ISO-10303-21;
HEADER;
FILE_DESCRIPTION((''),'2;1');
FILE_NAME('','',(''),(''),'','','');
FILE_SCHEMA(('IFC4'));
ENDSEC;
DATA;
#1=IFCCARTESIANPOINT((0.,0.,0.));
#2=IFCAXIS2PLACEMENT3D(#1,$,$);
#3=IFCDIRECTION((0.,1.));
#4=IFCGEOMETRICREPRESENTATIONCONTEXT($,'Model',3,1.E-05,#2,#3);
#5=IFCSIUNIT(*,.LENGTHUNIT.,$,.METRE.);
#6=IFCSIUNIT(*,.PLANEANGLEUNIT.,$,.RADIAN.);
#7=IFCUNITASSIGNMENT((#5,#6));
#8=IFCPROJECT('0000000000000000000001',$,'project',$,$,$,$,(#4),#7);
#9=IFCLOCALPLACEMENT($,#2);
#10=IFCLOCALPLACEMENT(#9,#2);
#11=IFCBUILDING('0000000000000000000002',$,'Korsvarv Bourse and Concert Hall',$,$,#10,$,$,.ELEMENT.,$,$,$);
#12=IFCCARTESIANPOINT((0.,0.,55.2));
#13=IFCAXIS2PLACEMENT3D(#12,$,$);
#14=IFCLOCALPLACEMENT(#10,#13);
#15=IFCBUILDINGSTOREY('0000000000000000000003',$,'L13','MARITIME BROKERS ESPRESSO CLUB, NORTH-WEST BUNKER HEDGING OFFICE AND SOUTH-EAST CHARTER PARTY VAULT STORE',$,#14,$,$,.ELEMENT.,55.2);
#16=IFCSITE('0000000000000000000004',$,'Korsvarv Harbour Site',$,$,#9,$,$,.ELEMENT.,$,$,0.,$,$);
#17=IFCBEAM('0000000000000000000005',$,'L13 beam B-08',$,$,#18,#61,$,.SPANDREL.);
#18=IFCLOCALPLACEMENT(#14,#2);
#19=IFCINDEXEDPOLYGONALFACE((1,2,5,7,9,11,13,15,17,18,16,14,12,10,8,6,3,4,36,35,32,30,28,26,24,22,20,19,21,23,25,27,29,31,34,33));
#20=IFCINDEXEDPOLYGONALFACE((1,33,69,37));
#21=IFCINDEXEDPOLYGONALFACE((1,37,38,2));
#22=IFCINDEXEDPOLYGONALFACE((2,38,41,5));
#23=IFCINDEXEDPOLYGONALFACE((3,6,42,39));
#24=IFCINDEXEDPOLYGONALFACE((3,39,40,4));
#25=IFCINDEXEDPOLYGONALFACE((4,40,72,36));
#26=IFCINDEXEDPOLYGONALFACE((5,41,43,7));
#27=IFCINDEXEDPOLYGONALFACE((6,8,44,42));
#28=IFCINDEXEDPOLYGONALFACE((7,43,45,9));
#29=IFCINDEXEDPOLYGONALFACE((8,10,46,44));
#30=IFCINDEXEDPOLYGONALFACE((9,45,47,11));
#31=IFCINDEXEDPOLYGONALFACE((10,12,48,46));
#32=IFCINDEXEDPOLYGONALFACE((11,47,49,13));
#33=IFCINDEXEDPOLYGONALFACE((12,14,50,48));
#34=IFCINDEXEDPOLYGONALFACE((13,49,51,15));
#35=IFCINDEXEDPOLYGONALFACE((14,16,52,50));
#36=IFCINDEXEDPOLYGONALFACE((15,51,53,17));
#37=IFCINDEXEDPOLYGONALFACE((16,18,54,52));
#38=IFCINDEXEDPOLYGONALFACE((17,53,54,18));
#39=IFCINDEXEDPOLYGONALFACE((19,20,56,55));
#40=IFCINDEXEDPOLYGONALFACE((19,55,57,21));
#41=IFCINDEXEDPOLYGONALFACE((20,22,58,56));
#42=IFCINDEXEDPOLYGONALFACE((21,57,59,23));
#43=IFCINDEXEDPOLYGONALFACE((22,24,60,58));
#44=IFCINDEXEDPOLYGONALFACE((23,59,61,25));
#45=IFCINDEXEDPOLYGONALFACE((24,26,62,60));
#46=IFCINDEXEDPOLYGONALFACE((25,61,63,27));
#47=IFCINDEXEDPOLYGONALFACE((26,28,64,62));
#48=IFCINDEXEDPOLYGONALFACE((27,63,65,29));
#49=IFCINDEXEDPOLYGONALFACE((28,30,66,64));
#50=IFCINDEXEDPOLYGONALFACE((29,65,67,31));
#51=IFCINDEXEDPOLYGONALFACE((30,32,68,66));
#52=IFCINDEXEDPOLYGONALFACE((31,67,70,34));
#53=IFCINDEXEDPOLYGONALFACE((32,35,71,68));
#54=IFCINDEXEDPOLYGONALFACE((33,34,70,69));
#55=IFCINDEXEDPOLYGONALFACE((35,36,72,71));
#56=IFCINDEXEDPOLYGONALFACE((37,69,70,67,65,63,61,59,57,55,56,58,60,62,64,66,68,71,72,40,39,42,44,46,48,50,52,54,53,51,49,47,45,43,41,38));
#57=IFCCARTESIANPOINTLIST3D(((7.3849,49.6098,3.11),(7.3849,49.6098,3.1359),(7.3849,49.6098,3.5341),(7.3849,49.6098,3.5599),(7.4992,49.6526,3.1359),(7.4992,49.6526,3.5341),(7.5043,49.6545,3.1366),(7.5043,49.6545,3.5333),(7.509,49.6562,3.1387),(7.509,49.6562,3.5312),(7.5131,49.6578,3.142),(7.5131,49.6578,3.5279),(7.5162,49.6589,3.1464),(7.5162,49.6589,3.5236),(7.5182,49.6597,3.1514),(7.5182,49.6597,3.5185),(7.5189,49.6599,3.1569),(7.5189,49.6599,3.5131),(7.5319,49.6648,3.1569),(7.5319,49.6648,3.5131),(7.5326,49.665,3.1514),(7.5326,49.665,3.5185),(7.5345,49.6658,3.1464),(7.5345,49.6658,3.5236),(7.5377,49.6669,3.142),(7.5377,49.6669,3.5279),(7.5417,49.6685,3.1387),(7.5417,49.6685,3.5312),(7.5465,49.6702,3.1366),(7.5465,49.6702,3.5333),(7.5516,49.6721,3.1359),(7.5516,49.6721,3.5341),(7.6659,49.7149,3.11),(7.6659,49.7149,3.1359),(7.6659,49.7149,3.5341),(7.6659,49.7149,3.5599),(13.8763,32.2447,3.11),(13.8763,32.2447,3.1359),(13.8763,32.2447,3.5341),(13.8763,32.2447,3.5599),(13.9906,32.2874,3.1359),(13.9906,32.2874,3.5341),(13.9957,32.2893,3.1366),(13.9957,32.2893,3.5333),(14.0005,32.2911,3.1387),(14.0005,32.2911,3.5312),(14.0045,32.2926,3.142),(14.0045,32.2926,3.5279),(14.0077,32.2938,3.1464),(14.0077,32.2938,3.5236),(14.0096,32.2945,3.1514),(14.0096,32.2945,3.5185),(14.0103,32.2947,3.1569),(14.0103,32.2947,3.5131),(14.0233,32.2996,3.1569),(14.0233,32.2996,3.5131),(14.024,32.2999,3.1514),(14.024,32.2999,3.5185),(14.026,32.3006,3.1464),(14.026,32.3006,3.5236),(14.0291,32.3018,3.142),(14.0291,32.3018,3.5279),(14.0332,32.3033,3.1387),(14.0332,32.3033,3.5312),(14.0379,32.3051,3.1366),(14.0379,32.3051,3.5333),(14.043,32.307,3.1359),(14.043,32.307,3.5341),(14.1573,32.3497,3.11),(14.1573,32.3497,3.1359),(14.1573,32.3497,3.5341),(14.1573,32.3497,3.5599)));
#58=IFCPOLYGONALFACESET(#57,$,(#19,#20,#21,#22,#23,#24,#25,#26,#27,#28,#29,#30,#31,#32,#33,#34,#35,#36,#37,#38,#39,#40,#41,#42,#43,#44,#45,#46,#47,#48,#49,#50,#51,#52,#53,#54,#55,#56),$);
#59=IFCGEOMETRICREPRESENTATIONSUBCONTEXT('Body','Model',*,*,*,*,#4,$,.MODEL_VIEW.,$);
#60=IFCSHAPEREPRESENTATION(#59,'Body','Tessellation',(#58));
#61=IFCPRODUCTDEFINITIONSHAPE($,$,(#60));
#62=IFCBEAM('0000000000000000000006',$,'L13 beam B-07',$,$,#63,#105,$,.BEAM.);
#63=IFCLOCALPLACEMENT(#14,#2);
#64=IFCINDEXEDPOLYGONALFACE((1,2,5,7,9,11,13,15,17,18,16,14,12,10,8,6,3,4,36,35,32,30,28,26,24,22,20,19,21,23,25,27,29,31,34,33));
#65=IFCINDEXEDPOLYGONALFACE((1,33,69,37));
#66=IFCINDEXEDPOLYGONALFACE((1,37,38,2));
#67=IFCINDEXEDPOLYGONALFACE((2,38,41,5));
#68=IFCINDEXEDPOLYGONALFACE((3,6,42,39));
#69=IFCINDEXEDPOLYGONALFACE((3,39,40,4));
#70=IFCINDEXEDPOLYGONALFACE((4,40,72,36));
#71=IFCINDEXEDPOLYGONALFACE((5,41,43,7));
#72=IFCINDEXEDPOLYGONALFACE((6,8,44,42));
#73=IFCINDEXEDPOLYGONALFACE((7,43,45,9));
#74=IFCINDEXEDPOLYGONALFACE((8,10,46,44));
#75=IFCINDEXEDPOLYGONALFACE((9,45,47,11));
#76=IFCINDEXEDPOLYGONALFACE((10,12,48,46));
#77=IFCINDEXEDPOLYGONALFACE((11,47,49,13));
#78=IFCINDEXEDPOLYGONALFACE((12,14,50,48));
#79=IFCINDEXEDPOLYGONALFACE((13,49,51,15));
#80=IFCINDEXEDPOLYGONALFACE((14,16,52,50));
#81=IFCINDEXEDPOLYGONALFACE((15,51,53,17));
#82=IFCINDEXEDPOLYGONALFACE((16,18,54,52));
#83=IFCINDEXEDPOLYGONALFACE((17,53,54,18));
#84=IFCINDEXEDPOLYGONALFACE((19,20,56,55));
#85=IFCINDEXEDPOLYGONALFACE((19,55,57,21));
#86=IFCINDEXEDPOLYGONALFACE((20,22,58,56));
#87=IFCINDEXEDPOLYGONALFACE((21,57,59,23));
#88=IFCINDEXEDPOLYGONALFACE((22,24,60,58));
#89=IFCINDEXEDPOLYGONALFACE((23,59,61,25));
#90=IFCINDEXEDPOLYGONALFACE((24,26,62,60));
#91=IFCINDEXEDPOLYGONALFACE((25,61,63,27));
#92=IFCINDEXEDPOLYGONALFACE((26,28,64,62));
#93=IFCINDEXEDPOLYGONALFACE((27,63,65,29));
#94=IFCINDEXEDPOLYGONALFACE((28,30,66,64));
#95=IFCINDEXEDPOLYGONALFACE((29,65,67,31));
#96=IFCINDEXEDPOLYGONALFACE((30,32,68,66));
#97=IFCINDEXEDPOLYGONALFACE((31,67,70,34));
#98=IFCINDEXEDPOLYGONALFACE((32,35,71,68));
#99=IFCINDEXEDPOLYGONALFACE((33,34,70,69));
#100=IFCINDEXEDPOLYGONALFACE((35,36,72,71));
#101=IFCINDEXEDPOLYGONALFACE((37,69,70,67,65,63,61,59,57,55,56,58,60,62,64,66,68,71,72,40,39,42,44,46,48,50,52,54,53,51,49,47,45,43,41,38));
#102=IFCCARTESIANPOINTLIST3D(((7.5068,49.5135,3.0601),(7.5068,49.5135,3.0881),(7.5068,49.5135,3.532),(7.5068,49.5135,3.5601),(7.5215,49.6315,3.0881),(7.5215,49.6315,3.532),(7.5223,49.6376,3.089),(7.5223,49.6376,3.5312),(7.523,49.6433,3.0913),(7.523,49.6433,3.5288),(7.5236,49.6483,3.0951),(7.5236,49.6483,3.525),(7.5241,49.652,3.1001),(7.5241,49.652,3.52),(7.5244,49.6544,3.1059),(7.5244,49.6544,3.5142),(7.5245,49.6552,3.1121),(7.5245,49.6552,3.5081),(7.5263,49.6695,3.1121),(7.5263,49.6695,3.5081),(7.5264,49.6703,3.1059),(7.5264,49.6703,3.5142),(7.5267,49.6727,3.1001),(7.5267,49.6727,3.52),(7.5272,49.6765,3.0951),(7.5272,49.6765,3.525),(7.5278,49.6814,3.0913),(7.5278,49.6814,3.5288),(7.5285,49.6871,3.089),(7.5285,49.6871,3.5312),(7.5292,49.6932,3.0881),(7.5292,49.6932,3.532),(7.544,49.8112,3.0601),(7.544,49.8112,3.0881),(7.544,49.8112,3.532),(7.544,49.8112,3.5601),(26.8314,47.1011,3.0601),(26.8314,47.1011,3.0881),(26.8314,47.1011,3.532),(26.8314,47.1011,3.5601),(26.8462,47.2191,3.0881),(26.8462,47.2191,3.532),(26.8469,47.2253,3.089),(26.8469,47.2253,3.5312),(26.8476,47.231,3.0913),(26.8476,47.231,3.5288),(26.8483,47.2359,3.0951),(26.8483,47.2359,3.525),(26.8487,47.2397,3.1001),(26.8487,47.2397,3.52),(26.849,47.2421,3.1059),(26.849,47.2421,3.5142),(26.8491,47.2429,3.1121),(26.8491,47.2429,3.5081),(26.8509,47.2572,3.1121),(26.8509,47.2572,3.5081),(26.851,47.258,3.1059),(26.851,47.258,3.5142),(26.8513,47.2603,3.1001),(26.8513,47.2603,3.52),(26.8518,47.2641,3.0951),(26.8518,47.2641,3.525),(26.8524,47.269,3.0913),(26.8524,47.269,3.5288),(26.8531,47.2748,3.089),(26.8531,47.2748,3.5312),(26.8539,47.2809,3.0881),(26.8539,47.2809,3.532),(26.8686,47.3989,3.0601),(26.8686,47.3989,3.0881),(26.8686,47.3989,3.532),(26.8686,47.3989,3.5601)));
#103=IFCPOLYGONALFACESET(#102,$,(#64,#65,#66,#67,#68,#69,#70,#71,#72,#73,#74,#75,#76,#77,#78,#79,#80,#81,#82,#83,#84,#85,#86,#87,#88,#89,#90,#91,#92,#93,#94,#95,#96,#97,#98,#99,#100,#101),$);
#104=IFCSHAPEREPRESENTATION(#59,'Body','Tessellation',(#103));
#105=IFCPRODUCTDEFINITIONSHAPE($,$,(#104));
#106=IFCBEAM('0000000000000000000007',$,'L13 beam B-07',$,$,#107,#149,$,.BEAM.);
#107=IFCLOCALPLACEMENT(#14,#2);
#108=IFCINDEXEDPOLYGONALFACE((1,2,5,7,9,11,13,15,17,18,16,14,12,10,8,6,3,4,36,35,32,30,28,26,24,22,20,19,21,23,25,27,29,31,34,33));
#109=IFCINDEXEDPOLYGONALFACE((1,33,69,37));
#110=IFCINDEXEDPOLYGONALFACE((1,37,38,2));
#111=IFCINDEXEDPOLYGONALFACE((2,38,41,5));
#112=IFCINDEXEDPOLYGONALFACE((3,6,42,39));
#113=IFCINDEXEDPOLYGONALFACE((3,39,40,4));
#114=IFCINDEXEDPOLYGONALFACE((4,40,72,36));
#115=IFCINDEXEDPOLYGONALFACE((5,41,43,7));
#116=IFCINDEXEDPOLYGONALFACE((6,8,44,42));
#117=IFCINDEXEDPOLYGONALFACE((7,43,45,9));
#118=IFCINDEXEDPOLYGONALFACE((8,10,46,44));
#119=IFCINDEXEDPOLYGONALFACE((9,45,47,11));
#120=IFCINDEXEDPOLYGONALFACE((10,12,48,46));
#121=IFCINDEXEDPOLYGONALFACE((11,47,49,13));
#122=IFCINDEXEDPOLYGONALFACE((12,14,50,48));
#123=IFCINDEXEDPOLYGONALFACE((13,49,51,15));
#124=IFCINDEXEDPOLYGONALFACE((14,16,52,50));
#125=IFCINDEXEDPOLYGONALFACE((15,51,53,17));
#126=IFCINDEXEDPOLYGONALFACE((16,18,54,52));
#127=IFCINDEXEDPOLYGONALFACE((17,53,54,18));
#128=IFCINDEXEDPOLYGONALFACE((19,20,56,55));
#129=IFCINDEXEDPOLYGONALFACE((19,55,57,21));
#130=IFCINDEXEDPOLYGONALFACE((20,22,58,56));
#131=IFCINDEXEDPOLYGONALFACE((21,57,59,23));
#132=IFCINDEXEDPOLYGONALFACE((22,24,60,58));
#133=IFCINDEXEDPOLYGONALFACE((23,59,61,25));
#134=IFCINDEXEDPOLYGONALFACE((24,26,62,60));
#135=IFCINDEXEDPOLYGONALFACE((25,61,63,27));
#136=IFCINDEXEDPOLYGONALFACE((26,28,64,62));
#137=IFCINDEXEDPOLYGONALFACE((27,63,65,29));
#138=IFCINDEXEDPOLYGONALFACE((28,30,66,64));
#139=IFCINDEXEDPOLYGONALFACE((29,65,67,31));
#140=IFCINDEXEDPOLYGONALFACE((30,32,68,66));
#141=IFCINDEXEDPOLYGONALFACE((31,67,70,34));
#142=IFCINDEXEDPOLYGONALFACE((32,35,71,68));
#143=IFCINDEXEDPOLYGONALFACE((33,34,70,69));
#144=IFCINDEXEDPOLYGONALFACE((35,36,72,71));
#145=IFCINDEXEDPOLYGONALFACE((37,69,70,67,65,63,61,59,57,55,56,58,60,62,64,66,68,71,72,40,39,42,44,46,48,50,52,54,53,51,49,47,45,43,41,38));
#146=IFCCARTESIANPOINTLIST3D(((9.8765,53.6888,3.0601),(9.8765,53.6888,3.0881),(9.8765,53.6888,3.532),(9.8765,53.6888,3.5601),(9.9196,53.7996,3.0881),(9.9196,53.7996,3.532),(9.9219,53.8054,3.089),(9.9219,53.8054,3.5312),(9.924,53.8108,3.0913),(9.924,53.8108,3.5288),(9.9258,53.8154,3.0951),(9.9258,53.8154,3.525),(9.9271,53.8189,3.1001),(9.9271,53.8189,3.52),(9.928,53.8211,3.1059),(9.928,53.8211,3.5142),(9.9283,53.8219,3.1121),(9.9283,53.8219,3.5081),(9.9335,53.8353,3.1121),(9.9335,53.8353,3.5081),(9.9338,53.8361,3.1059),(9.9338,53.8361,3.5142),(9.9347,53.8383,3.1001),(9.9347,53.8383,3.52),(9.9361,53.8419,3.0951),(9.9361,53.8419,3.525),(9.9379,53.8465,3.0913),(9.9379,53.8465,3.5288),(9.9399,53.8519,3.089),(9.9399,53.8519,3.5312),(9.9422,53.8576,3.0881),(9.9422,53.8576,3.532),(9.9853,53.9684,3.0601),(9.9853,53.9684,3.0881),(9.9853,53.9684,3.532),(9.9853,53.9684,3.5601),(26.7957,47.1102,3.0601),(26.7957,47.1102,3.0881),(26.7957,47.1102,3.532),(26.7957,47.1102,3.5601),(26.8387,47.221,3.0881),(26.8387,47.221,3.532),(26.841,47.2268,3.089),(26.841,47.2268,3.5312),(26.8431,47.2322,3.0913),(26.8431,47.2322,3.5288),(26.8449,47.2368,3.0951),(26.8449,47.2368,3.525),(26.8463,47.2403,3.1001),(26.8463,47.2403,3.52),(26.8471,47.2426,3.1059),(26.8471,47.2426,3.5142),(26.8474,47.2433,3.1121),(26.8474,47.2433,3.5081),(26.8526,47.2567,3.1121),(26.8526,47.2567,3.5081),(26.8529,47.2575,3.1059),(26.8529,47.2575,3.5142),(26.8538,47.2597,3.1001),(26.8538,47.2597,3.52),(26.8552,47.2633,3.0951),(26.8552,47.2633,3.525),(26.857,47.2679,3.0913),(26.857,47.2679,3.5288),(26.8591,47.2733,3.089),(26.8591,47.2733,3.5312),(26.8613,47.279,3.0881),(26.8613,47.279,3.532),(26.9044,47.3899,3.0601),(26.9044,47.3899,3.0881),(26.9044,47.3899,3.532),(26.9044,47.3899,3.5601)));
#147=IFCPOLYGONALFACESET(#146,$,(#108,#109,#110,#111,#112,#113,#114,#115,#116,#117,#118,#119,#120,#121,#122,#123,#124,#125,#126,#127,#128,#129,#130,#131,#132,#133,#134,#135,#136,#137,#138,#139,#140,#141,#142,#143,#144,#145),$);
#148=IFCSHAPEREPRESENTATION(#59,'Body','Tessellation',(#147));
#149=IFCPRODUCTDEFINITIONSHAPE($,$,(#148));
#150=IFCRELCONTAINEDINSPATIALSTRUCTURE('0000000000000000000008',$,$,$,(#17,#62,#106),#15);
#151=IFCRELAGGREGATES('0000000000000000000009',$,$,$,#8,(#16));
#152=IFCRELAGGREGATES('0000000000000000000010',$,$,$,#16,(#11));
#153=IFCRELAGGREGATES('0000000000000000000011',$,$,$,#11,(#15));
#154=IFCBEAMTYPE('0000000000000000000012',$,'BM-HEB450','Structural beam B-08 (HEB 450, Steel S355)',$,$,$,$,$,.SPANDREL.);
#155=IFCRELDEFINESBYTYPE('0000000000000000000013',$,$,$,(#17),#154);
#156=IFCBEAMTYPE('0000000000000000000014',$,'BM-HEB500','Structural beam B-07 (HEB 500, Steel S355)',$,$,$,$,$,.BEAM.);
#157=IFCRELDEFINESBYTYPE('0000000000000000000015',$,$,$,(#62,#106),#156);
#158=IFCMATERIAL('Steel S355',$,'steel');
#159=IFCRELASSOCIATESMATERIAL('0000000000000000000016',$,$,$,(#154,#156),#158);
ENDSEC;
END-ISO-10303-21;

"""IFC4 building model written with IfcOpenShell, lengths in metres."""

from ifc_helpers import new_model, si_unit, direction, frame, origin, origin_2d, place, context, subcontext, project, spatial, i_section, extrude, source, transform, mapped, material, material_profile, profile_set, type_object, element, save


model = new_model("IFC4")

# Units and contexts
model_context = context("Model", 3, precision=1e-05, world=origin(), true_north=direction((0.0, 1.0)))
body_context = subcontext(model_context, "Body", "Model", "MODEL_VIEW")
ifc_project = project(units=[si_unit("LENGTHUNIT", "METRE"), si_unit("PLANEANGLEUNIT", "RADIAN")], contexts=[model_context])

# Site, building, storey
site_placement = place(None, origin())
site = spatial("IfcSite", under=ifc_project, at=site_placement, Name="Korsvarv Harbour Site", CompositionType="ELEMENT", RefElevation=0.0)
building_placement = place(site_placement, origin())
building = spatial("IfcBuilding", under=site, at=building_placement, Name="Korsvarv Bourse and Concert Hall", CompositionType="ELEMENT")
storey_placement = place(building_placement, frame((0.0, 0.0, 55.2)))
storey = spatial("IfcBuildingStorey", under=building, at=storey_placement, Name="L13", Description="MARITIME BROKERS ESPRESSO CLUB, NORTH-WEST BUNKER HEDGING OFFICE AND SOUTH-EAST CHARTER PARTY VAULT STORE", CompositionType="ELEMENT", Elevation=55.2)

# Beams
ifc_material_1 = material(Name="Steel S355", Category="steel")
ifc_material_profile_1 = material_profile(ifc_material_1, i_section(OverallWidth=0.3, OverallDepth=0.45, WebThickness=0.0139, FlangeThickness=0.0259, FilletRadius=0.021, at=origin_2d()), Name="HEB 450")
ifc_profile_set_1 = profile_set([ifc_material_profile_1], Name="Steel S355")
beam_type_1 = type_object("IfcBeamType", Name="BM-HEB450", Description="Structural beam B-08 (HEB 450, Steel S355)", PredefinedType="SPANDREL", material=ifc_profile_set_1)
shared_shape_1 = source(origin(), body_context, "Body", "SweptSolid", [
    extrude(i_section(OverallWidth=0.3, OverallDepth=0.45, WebThickness=0.0139, FlangeThickness=0.0259, FilletRadius=0.021, at=origin_2d()), origin(), (0.0, 0.0, 1.0), 18.5388),
])
beam_1_placement = place(storey_placement, frame((7.5254, 49.6624, 3.335), z_axis=(0.350153, -0.936692, 0.0), x_axis=(0.936692, 0.350153, 0.0)))
element("IfcBeam", 1, at=beam_1_placement, inside=storey, type_object=beam_type_1, Name="L13 beam B-08", PredefinedType="SPANDREL", context=body_context, shape_type="MappedRepresentation", body=[
    mapped(shared_shape_1, transform((0.0, 0.0, 0.0), scale=1.0)),
])
ifc_material_profile_2 = material_profile(ifc_material_1, i_section(OverallWidth=0.3, OverallDepth=0.5, WebThickness=0.0144, FlangeThickness=0.0281, FilletRadius=0.0239, at=origin_2d()), Name="HEB 500")
ifc_profile_set_2 = profile_set([ifc_material_profile_2], Name="Steel S355")
beam_type_2 = type_object("IfcBeamType", Name="BM-HEB500", Description="Structural beam B-07 (HEB 500, Steel S355)", PredefinedType="BEAM", material=ifc_profile_set_2)
shared_shape_2 = source(origin(), body_context, "Body", "SweptSolid", [
    extrude(i_section(OverallWidth=0.3, OverallDepth=0.5, WebThickness=0.0144, FlangeThickness=0.0281, FilletRadius=0.0239, at=origin_2d()), origin(), (0.0, 0.0, 1.0), 19.4746),
])
beam_2_placement = place(storey_placement, frame((7.5254, 49.6624, 3.3101), z_axis=(0.992298, -0.123871, 0.0), x_axis=(0.123871, 0.992298, 0.0)))
element("IfcBeam", 2, at=beam_2_placement, inside=storey, type_object=beam_type_2, Name="L13 beam B-07", PredefinedType="BEAM", context=body_context, shape_type="MappedRepresentation", body=[
    mapped(shared_shape_2, transform((0.0, 0.0, 0.0), scale=1.0)),
])
shared_shape_3 = source(origin(), body_context, "Body", "SweptSolid", [
    extrude(i_section(OverallWidth=0.3, OverallDepth=0.5, WebThickness=0.0144, FlangeThickness=0.0281, FilletRadius=0.0239, at=origin_2d()), origin(), (0.0, 0.0, 1.0), 18.1531),
])
beam_3_placement = place(storey_placement, frame((9.9309, 53.8286, 3.3101), z_axis=(0.932025, -0.362395, 0.0), x_axis=(0.362395, 0.932025, 0.0)))
element("IfcBeam", 3, at=beam_3_placement, inside=storey, type_object=beam_type_2, Name="L13 beam B-07", PredefinedType="BEAM", context=body_context, shape_type="MappedRepresentation", body=[
    mapped(shared_shape_3, transform((0.0, 0.0, 0.0), scale=1.0)),
])

save(model, "model.ifc")
